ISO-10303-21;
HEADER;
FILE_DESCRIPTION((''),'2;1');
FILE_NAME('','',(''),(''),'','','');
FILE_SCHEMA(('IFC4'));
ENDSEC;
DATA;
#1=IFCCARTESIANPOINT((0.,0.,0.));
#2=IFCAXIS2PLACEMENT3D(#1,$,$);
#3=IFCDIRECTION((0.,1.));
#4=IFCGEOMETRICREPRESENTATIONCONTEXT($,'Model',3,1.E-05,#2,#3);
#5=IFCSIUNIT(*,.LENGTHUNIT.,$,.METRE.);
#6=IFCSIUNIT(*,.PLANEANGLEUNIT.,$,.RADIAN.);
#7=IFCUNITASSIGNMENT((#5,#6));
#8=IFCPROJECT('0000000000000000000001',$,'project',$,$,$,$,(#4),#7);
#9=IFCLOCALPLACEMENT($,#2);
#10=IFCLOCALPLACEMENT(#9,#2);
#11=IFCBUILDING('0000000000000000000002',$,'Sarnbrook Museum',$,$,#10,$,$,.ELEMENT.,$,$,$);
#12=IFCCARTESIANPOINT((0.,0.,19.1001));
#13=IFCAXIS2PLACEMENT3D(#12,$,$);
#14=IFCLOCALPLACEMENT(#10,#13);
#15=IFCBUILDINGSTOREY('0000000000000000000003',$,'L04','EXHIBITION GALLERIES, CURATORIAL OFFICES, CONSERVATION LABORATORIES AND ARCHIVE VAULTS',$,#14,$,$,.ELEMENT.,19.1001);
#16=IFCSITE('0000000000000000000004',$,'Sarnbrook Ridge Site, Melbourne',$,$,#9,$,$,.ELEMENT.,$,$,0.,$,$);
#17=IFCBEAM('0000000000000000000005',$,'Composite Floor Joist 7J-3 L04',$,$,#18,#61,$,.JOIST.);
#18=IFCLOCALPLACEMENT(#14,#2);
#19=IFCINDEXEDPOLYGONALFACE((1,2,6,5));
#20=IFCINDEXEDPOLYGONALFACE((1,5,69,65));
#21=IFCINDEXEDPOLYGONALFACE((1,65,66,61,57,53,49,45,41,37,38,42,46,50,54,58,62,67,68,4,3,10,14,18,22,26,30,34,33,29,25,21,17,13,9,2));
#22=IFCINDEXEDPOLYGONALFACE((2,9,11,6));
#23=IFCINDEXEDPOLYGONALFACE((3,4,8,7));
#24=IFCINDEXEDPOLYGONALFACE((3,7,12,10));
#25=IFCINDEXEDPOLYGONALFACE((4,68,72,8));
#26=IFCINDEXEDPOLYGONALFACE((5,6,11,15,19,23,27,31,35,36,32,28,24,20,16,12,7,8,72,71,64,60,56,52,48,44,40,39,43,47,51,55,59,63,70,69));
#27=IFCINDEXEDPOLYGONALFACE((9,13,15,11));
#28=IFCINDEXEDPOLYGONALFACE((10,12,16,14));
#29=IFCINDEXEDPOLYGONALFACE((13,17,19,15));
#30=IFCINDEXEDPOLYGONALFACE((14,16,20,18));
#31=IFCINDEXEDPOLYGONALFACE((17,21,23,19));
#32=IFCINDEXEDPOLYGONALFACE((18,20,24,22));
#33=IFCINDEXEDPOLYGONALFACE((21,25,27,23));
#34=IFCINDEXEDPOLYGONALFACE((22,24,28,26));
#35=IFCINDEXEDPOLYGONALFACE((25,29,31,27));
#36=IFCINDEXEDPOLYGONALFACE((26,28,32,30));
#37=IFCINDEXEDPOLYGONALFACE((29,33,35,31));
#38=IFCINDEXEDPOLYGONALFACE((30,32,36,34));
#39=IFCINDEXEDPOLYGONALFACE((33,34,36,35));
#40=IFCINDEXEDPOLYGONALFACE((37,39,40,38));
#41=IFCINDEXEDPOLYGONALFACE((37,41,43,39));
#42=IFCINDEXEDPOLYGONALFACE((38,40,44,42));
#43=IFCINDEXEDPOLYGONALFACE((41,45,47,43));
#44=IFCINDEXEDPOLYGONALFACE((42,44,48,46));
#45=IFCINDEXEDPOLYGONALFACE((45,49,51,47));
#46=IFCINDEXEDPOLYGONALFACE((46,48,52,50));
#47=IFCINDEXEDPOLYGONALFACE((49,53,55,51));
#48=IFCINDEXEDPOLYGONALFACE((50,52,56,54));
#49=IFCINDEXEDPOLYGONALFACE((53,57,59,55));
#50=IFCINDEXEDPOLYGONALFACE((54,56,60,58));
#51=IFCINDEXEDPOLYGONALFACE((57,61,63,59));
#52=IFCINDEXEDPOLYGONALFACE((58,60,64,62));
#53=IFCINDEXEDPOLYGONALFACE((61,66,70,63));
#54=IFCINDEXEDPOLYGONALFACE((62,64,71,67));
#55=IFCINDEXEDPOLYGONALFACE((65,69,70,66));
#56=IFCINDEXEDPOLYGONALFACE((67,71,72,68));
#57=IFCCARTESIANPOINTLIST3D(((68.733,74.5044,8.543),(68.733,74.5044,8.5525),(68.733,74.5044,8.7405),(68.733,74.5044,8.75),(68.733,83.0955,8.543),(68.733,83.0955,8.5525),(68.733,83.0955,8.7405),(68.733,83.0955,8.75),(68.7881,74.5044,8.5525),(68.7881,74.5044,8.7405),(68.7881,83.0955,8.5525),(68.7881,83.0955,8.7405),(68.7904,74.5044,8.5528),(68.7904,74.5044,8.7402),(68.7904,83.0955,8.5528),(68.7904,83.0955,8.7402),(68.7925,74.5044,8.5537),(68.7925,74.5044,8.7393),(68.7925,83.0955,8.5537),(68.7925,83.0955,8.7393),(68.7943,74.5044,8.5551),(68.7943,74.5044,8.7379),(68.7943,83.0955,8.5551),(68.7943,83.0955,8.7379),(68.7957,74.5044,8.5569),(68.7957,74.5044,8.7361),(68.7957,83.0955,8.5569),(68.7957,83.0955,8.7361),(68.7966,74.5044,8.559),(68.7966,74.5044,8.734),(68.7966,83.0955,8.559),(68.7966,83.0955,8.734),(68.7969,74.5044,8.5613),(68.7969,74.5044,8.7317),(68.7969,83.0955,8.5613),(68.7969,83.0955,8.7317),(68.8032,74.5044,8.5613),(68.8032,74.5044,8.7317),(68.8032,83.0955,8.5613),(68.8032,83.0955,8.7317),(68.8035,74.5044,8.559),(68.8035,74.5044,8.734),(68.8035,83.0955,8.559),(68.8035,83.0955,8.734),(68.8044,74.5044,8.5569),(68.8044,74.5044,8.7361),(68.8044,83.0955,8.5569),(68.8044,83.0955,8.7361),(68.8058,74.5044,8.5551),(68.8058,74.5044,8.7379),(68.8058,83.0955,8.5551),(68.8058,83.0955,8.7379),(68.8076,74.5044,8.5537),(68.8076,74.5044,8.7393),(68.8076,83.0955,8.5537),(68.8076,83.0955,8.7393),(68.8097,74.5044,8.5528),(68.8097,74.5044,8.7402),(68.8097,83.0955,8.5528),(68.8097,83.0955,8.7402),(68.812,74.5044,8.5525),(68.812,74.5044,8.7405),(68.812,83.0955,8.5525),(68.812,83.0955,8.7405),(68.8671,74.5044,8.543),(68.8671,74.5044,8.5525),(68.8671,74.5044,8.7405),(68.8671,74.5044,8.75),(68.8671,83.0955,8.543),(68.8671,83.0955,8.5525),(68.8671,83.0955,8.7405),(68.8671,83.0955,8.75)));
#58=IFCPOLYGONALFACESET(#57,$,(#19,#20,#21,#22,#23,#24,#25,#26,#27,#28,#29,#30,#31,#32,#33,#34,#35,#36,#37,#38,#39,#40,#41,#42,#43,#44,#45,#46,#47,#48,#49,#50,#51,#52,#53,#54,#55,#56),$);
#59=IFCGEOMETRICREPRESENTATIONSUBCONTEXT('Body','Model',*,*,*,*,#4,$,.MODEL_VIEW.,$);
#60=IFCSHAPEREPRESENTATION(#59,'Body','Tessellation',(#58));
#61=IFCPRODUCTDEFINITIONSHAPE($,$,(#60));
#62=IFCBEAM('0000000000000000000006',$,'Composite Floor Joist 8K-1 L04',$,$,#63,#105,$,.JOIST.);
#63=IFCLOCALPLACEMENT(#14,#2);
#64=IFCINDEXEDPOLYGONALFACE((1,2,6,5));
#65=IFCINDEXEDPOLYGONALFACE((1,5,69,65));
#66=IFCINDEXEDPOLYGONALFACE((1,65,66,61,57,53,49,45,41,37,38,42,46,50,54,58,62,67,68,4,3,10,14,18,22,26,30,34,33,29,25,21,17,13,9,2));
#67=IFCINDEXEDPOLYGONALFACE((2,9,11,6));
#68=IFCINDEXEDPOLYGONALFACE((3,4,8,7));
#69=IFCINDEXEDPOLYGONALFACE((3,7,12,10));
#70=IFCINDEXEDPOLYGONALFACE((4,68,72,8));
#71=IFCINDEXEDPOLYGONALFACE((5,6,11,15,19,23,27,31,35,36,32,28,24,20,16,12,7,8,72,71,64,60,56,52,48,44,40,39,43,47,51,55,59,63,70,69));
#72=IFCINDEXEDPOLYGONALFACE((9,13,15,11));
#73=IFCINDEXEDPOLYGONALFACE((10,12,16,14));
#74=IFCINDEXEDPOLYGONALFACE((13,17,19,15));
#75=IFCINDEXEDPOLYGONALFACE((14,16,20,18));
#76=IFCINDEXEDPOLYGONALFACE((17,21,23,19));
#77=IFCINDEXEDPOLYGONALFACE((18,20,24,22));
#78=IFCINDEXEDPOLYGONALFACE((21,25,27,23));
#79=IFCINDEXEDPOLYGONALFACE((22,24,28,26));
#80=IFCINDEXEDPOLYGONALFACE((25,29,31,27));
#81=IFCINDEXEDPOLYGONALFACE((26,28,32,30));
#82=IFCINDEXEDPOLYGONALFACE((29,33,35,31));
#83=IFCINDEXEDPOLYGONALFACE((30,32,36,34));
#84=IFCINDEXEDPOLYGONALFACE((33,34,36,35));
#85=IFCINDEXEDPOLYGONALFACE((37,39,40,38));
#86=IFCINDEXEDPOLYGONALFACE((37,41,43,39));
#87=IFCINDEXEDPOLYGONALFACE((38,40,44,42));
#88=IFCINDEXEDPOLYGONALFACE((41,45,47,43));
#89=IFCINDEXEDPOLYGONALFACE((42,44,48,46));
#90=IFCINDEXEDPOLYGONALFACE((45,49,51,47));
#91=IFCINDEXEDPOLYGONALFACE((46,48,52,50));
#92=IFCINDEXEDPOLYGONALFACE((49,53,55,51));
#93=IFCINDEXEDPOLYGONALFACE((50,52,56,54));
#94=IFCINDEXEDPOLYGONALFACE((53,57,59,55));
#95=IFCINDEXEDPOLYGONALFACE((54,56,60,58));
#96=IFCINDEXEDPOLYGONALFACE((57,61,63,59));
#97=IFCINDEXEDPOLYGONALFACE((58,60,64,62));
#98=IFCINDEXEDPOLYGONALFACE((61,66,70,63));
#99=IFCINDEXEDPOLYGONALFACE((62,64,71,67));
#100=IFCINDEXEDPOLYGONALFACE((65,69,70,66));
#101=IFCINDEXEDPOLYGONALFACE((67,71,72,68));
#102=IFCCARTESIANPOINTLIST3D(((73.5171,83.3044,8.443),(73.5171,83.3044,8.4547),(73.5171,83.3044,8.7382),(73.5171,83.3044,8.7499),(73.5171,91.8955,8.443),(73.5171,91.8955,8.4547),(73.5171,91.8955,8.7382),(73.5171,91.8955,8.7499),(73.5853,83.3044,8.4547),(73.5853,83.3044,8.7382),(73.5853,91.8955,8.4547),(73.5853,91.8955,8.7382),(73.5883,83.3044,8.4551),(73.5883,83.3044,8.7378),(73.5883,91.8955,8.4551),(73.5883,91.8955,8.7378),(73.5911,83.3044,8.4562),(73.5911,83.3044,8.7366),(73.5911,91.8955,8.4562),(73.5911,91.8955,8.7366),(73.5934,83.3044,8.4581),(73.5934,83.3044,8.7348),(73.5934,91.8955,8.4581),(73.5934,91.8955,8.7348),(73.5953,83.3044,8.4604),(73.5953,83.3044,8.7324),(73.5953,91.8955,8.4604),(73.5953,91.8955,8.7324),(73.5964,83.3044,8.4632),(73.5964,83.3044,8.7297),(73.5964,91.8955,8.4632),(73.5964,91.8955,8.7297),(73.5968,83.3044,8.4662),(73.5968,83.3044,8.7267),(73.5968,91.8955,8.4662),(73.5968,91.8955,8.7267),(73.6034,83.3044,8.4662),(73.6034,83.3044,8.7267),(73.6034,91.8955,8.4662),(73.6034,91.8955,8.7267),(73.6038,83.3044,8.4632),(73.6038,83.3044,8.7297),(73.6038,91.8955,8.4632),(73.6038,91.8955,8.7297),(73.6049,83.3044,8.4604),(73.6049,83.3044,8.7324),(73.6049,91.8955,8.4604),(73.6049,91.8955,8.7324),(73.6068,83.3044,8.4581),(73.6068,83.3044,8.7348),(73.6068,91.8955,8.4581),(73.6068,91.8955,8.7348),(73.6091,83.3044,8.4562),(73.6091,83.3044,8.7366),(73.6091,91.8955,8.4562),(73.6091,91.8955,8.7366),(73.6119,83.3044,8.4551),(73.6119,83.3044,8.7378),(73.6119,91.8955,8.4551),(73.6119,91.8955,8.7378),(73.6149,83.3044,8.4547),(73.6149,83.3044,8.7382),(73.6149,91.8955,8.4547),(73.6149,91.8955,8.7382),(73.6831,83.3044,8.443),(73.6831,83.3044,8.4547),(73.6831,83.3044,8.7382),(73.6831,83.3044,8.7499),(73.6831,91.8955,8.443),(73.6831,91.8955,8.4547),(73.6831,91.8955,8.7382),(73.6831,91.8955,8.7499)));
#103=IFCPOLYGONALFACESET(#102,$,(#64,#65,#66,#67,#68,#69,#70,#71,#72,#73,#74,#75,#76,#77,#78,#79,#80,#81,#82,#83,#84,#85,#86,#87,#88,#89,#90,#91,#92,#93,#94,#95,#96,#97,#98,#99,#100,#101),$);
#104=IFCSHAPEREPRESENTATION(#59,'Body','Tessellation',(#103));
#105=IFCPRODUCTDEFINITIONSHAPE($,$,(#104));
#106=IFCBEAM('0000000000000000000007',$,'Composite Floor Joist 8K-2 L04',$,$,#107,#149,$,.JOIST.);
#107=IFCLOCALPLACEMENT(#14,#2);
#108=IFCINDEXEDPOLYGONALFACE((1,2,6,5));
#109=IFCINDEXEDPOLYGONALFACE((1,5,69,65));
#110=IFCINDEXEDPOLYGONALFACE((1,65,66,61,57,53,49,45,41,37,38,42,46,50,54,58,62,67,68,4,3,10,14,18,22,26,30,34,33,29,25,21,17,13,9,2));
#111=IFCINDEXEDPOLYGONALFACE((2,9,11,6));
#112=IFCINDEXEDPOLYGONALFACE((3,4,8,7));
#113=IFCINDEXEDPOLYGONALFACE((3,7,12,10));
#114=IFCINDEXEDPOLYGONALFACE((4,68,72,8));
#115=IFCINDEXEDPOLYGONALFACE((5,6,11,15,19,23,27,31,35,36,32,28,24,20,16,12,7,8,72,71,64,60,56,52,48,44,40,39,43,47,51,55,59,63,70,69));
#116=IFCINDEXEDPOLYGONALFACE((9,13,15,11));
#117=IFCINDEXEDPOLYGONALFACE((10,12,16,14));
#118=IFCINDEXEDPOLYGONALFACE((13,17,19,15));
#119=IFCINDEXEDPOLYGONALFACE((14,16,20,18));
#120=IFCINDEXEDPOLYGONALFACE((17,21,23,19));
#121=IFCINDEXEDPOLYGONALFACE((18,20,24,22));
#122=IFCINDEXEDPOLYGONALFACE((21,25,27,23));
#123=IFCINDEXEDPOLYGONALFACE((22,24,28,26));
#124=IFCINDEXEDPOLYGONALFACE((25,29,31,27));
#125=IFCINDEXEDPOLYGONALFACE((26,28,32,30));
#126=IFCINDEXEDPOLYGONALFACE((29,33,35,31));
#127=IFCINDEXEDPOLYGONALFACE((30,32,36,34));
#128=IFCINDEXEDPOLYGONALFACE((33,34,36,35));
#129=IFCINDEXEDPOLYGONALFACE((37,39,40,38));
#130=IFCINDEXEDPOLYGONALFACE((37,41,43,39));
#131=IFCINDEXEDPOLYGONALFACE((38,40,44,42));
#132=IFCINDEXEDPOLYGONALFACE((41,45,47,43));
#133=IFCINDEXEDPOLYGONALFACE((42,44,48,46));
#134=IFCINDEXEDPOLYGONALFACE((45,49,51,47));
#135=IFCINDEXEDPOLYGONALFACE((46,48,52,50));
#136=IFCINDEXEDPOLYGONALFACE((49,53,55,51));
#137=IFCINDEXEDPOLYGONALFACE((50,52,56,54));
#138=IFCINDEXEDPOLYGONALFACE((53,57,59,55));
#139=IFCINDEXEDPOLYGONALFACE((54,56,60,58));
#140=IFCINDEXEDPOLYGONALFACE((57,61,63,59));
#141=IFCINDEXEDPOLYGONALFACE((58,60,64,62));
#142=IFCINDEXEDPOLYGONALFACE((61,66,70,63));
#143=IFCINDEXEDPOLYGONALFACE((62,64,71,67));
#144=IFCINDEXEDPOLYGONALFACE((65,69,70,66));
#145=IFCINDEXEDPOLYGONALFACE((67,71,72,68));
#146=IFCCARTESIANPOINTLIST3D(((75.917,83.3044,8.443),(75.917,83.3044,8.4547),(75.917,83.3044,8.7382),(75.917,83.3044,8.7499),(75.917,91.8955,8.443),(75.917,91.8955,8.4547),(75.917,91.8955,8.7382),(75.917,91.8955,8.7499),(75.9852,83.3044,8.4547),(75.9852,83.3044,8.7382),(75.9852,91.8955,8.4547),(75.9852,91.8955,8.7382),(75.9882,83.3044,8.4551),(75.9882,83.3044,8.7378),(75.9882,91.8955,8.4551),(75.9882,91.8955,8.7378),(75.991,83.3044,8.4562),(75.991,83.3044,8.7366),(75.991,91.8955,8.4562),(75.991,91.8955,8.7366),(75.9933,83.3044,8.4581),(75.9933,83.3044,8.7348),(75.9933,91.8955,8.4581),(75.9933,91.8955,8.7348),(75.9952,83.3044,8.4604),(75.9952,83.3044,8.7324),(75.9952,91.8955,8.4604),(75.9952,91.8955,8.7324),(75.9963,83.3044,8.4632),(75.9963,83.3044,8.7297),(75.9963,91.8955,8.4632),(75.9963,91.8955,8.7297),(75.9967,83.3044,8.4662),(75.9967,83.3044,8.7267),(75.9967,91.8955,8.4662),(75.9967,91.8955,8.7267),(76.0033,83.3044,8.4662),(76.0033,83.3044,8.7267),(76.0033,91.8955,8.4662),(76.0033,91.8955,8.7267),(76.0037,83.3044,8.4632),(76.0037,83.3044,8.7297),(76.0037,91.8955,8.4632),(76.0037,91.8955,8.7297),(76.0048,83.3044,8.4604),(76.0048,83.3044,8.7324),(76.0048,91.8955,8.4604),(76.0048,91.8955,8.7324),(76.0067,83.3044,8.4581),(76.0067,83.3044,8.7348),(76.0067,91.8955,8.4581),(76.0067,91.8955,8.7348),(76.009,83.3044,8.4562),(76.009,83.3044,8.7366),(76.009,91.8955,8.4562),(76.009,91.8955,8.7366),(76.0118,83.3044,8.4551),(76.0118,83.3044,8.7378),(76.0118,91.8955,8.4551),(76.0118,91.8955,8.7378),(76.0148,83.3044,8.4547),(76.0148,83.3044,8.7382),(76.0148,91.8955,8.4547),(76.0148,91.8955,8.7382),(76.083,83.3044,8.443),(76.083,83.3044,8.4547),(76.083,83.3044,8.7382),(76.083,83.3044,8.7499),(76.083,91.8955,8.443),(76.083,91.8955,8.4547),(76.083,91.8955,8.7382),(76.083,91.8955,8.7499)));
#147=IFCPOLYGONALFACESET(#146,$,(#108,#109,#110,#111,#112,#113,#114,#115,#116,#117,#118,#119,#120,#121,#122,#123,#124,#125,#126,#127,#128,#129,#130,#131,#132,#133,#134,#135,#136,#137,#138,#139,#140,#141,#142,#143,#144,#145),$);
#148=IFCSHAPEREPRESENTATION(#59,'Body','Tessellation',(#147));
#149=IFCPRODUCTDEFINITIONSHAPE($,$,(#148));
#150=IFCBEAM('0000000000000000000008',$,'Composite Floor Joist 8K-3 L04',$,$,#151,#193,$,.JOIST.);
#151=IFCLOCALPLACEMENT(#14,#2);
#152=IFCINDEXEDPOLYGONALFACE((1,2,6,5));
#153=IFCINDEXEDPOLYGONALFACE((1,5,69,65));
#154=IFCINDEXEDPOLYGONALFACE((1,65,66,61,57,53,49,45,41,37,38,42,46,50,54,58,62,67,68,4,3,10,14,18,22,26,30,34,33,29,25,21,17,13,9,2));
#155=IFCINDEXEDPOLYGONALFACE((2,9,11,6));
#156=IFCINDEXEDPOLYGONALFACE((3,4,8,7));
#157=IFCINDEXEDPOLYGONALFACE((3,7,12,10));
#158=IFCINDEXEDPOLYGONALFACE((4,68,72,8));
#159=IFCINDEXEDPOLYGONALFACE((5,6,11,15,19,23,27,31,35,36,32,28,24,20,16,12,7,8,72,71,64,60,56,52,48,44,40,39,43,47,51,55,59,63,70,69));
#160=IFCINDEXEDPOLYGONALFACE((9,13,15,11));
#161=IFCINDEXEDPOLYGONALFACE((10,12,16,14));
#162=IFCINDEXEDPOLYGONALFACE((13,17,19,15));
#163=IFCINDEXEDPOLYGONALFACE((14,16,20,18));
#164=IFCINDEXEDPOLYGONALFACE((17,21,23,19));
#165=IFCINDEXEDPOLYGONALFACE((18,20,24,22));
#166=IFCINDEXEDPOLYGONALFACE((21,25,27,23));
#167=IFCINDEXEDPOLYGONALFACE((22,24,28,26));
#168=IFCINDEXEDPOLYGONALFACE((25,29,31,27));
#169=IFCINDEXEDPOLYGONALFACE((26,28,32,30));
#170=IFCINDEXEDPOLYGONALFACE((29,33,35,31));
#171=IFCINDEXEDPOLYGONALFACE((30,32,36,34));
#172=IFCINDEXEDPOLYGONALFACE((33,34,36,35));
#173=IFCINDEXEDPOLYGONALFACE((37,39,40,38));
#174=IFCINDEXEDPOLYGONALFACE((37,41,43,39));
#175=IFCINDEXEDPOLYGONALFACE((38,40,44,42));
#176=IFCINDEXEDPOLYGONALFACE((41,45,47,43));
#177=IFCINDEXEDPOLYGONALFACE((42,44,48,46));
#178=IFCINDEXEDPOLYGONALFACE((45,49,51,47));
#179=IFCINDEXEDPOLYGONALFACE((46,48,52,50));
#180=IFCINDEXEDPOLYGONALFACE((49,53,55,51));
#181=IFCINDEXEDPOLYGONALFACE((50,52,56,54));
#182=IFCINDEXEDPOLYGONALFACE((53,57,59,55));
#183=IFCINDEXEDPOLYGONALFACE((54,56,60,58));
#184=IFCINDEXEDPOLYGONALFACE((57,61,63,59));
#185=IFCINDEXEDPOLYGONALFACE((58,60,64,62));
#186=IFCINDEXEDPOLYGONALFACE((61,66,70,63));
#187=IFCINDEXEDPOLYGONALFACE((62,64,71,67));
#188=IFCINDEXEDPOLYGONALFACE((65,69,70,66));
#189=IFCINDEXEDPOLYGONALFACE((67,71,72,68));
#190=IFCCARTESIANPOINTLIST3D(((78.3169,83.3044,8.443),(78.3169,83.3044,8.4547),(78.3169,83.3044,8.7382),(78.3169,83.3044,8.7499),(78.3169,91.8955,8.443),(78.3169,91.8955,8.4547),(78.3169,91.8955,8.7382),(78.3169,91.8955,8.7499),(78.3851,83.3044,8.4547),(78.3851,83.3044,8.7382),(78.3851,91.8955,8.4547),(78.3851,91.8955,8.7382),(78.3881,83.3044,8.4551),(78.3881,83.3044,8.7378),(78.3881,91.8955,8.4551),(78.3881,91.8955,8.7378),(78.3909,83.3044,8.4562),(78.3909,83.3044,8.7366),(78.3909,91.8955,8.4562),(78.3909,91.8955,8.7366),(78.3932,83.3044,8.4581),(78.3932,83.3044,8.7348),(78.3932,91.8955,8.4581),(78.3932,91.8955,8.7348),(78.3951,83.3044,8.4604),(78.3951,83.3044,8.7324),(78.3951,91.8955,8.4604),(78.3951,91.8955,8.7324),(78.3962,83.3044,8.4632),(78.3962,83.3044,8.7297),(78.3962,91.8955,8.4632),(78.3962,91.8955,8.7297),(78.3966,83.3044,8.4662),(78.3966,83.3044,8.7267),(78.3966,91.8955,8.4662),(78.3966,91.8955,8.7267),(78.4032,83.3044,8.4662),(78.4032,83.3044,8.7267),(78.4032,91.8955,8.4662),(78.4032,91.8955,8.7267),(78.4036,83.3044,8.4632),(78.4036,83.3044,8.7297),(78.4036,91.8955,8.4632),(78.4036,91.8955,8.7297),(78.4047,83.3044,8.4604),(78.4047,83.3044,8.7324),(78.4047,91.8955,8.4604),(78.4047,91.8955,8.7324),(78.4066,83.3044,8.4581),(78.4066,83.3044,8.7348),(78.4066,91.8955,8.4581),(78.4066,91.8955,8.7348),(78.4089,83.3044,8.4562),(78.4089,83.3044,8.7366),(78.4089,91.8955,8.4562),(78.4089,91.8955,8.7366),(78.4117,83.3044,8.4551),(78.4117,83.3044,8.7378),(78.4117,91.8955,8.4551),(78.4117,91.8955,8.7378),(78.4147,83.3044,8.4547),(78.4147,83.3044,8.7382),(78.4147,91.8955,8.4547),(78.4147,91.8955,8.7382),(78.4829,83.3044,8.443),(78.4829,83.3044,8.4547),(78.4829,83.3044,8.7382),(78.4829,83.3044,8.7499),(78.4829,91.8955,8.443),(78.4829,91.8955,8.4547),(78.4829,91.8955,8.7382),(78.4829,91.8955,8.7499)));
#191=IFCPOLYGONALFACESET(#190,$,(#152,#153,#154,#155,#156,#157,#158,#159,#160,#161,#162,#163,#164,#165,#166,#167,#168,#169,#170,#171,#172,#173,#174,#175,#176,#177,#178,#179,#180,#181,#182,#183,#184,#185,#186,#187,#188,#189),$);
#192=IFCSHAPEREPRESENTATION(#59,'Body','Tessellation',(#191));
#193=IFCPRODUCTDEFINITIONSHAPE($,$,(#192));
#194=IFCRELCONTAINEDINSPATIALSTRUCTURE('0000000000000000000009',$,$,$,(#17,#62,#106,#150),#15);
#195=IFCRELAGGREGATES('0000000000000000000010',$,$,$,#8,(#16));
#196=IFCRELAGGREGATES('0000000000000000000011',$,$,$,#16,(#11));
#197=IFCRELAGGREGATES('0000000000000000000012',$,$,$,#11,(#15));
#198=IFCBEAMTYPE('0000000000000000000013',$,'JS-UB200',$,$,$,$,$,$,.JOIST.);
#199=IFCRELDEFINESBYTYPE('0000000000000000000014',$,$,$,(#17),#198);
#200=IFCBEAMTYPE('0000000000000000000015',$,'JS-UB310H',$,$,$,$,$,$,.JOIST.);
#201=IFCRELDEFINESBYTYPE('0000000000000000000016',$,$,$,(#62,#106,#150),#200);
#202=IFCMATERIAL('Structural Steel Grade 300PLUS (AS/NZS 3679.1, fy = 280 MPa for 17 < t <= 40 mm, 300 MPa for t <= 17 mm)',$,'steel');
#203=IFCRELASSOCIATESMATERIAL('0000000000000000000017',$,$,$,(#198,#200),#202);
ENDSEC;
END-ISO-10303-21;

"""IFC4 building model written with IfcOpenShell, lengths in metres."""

from ifc_helpers import new_model, si_unit, direction, frame, origin, origin_2d, place, context, subcontext, project, spatial, i_section, extrude, material, material_profile, profile_set, type_object, element, save


model = new_model("IFC4")

# Units and contexts
model_context = context("Model", 3, precision=1e-05, world=origin(), true_north=direction((0.0, 1.0)))
body_context = subcontext(model_context, "Body", "Model", "MODEL_VIEW")
ifc_project = project(units=[si_unit("LENGTHUNIT", "METRE"), si_unit("PLANEANGLEUNIT", "RADIAN")], contexts=[model_context])

# Site, building, storey
site_placement = place(None, origin())
site = spatial("IfcSite", under=ifc_project, at=site_placement, Name="Sarnbrook Ridge Site, Melbourne", CompositionType="ELEMENT", RefElevation=0.0)
building_placement = place(site_placement, origin())
building = spatial("IfcBuilding", under=site, at=building_placement, Name="Sarnbrook Museum", CompositionType="ELEMENT")
storey_placement = place(building_placement, frame((0.0, 0.0, 19.1001)))
storey = spatial("IfcBuildingStorey", under=building, at=storey_placement, Name="L04", Description="EXHIBITION GALLERIES, CURATORIAL OFFICES, CONSERVATION LABORATORIES AND ARCHIVE VAULTS", CompositionType="ELEMENT", Elevation=19.1001)

# Shared definitions
ifc_material_1 = material(Name="Structural Steel Grade 300PLUS (AS/NZS 3679.1, fy = 280 MPa for 17 < t <= 40 mm, 300 MPa for t <= 17 mm)", Category="steel")

# Beams
ifc_material_profile_1 = material_profile(ifc_material_1, i_section(OverallWidth=0.134, OverallDepth=0.207, WebThickness=0.0063, FlangeThickness=0.0095, FilletRadius=0.0088, at=origin_2d()), Name="200UB29.8")
ifc_profile_set_1 = profile_set([ifc_material_profile_1], Name="Structural Steel Grade 300PLUS (AS/NZS 3679.1, fy = 280 MPa for 17 < t <= 40 mm, 300 MPa for t <= 17 mm)")
beam_type_1 = type_object("IfcBeamType", Name="JS-UB200", PredefinedType="JOIST", material=ifc_profile_set_1)
for number, where, z_axis, x_axis, name in (
    (1, (68.8, 74.5044, 8.6465), (0.0, 1.0, 0.0), (-1.0, 0.0, 0.0), "Composite Floor Joist 7J-3 L04"),
):
    element("IfcBeam", number, at=place(storey_placement, frame(where, z_axis=z_axis, x_axis=x_axis)), inside=storey, type_object=beam_type_1, Name=name, PredefinedType="JOIST", context=body_context, shape_type="SweptSolid", body=[
        extrude(i_section(OverallWidth=0.134, OverallDepth=0.207, WebThickness=0.0063, FlangeThickness=0.0095, FilletRadius=0.0088, at=origin_2d()), origin(), (0.0, 0.0, 1.0), 8.5911),
    ])
ifc_material_profile_2 = material_profile(ifc_material_1, i_section(OverallWidth=0.166, OverallDepth=0.3069, WebThickness=0.0066, FlangeThickness=0.0117, FilletRadius=0.0115, at=origin_2d()), Name="310UB46.2")
ifc_profile_set_2 = profile_set([ifc_material_profile_2], Name="Structural Steel Grade 300PLUS (AS/NZS 3679.1, fy = 280 MPa for 17 < t <= 40 mm, 300 MPa for t <= 17 mm)")
beam_type_2 = type_object("IfcBeamType", Name="JS-UB310H", PredefinedType="JOIST", material=ifc_profile_set_2)
for number, where, z_axis, x_axis, name in (
    (2, (73.6001, 83.3044, 8.5964), (0.0, 1.0, 0.0), (-1.0, 0.0, 0.0), "Composite Floor Joist 8K-1 L04"),
    (3, (76.0, 83.3044, 8.5964), (0.0, 1.0, 0.0), (-1.0, 0.0, 0.0), "Composite Floor Joist 8K-2 L04"),
    (4, (78.3999, 83.3044, 8.5964), (0.0, 1.0, 0.0), (-1.0, 0.0, 0.0), "Composite Floor Joist 8K-3 L04"),
):
    element("IfcBeam", number, at=place(storey_placement, frame(where, z_axis=z_axis, x_axis=x_axis)), inside=storey, type_object=beam_type_2, Name=name, PredefinedType="JOIST", context=body_context, shape_type="SweptSolid", body=[
        extrude(i_section(OverallWidth=0.166, OverallDepth=0.3069, WebThickness=0.0066, FlangeThickness=0.0117, FilletRadius=0.0115, at=origin_2d()), origin(), (0.0, 0.0, 1.0), 8.5911),
    ])

save(model, "model.ifc")
